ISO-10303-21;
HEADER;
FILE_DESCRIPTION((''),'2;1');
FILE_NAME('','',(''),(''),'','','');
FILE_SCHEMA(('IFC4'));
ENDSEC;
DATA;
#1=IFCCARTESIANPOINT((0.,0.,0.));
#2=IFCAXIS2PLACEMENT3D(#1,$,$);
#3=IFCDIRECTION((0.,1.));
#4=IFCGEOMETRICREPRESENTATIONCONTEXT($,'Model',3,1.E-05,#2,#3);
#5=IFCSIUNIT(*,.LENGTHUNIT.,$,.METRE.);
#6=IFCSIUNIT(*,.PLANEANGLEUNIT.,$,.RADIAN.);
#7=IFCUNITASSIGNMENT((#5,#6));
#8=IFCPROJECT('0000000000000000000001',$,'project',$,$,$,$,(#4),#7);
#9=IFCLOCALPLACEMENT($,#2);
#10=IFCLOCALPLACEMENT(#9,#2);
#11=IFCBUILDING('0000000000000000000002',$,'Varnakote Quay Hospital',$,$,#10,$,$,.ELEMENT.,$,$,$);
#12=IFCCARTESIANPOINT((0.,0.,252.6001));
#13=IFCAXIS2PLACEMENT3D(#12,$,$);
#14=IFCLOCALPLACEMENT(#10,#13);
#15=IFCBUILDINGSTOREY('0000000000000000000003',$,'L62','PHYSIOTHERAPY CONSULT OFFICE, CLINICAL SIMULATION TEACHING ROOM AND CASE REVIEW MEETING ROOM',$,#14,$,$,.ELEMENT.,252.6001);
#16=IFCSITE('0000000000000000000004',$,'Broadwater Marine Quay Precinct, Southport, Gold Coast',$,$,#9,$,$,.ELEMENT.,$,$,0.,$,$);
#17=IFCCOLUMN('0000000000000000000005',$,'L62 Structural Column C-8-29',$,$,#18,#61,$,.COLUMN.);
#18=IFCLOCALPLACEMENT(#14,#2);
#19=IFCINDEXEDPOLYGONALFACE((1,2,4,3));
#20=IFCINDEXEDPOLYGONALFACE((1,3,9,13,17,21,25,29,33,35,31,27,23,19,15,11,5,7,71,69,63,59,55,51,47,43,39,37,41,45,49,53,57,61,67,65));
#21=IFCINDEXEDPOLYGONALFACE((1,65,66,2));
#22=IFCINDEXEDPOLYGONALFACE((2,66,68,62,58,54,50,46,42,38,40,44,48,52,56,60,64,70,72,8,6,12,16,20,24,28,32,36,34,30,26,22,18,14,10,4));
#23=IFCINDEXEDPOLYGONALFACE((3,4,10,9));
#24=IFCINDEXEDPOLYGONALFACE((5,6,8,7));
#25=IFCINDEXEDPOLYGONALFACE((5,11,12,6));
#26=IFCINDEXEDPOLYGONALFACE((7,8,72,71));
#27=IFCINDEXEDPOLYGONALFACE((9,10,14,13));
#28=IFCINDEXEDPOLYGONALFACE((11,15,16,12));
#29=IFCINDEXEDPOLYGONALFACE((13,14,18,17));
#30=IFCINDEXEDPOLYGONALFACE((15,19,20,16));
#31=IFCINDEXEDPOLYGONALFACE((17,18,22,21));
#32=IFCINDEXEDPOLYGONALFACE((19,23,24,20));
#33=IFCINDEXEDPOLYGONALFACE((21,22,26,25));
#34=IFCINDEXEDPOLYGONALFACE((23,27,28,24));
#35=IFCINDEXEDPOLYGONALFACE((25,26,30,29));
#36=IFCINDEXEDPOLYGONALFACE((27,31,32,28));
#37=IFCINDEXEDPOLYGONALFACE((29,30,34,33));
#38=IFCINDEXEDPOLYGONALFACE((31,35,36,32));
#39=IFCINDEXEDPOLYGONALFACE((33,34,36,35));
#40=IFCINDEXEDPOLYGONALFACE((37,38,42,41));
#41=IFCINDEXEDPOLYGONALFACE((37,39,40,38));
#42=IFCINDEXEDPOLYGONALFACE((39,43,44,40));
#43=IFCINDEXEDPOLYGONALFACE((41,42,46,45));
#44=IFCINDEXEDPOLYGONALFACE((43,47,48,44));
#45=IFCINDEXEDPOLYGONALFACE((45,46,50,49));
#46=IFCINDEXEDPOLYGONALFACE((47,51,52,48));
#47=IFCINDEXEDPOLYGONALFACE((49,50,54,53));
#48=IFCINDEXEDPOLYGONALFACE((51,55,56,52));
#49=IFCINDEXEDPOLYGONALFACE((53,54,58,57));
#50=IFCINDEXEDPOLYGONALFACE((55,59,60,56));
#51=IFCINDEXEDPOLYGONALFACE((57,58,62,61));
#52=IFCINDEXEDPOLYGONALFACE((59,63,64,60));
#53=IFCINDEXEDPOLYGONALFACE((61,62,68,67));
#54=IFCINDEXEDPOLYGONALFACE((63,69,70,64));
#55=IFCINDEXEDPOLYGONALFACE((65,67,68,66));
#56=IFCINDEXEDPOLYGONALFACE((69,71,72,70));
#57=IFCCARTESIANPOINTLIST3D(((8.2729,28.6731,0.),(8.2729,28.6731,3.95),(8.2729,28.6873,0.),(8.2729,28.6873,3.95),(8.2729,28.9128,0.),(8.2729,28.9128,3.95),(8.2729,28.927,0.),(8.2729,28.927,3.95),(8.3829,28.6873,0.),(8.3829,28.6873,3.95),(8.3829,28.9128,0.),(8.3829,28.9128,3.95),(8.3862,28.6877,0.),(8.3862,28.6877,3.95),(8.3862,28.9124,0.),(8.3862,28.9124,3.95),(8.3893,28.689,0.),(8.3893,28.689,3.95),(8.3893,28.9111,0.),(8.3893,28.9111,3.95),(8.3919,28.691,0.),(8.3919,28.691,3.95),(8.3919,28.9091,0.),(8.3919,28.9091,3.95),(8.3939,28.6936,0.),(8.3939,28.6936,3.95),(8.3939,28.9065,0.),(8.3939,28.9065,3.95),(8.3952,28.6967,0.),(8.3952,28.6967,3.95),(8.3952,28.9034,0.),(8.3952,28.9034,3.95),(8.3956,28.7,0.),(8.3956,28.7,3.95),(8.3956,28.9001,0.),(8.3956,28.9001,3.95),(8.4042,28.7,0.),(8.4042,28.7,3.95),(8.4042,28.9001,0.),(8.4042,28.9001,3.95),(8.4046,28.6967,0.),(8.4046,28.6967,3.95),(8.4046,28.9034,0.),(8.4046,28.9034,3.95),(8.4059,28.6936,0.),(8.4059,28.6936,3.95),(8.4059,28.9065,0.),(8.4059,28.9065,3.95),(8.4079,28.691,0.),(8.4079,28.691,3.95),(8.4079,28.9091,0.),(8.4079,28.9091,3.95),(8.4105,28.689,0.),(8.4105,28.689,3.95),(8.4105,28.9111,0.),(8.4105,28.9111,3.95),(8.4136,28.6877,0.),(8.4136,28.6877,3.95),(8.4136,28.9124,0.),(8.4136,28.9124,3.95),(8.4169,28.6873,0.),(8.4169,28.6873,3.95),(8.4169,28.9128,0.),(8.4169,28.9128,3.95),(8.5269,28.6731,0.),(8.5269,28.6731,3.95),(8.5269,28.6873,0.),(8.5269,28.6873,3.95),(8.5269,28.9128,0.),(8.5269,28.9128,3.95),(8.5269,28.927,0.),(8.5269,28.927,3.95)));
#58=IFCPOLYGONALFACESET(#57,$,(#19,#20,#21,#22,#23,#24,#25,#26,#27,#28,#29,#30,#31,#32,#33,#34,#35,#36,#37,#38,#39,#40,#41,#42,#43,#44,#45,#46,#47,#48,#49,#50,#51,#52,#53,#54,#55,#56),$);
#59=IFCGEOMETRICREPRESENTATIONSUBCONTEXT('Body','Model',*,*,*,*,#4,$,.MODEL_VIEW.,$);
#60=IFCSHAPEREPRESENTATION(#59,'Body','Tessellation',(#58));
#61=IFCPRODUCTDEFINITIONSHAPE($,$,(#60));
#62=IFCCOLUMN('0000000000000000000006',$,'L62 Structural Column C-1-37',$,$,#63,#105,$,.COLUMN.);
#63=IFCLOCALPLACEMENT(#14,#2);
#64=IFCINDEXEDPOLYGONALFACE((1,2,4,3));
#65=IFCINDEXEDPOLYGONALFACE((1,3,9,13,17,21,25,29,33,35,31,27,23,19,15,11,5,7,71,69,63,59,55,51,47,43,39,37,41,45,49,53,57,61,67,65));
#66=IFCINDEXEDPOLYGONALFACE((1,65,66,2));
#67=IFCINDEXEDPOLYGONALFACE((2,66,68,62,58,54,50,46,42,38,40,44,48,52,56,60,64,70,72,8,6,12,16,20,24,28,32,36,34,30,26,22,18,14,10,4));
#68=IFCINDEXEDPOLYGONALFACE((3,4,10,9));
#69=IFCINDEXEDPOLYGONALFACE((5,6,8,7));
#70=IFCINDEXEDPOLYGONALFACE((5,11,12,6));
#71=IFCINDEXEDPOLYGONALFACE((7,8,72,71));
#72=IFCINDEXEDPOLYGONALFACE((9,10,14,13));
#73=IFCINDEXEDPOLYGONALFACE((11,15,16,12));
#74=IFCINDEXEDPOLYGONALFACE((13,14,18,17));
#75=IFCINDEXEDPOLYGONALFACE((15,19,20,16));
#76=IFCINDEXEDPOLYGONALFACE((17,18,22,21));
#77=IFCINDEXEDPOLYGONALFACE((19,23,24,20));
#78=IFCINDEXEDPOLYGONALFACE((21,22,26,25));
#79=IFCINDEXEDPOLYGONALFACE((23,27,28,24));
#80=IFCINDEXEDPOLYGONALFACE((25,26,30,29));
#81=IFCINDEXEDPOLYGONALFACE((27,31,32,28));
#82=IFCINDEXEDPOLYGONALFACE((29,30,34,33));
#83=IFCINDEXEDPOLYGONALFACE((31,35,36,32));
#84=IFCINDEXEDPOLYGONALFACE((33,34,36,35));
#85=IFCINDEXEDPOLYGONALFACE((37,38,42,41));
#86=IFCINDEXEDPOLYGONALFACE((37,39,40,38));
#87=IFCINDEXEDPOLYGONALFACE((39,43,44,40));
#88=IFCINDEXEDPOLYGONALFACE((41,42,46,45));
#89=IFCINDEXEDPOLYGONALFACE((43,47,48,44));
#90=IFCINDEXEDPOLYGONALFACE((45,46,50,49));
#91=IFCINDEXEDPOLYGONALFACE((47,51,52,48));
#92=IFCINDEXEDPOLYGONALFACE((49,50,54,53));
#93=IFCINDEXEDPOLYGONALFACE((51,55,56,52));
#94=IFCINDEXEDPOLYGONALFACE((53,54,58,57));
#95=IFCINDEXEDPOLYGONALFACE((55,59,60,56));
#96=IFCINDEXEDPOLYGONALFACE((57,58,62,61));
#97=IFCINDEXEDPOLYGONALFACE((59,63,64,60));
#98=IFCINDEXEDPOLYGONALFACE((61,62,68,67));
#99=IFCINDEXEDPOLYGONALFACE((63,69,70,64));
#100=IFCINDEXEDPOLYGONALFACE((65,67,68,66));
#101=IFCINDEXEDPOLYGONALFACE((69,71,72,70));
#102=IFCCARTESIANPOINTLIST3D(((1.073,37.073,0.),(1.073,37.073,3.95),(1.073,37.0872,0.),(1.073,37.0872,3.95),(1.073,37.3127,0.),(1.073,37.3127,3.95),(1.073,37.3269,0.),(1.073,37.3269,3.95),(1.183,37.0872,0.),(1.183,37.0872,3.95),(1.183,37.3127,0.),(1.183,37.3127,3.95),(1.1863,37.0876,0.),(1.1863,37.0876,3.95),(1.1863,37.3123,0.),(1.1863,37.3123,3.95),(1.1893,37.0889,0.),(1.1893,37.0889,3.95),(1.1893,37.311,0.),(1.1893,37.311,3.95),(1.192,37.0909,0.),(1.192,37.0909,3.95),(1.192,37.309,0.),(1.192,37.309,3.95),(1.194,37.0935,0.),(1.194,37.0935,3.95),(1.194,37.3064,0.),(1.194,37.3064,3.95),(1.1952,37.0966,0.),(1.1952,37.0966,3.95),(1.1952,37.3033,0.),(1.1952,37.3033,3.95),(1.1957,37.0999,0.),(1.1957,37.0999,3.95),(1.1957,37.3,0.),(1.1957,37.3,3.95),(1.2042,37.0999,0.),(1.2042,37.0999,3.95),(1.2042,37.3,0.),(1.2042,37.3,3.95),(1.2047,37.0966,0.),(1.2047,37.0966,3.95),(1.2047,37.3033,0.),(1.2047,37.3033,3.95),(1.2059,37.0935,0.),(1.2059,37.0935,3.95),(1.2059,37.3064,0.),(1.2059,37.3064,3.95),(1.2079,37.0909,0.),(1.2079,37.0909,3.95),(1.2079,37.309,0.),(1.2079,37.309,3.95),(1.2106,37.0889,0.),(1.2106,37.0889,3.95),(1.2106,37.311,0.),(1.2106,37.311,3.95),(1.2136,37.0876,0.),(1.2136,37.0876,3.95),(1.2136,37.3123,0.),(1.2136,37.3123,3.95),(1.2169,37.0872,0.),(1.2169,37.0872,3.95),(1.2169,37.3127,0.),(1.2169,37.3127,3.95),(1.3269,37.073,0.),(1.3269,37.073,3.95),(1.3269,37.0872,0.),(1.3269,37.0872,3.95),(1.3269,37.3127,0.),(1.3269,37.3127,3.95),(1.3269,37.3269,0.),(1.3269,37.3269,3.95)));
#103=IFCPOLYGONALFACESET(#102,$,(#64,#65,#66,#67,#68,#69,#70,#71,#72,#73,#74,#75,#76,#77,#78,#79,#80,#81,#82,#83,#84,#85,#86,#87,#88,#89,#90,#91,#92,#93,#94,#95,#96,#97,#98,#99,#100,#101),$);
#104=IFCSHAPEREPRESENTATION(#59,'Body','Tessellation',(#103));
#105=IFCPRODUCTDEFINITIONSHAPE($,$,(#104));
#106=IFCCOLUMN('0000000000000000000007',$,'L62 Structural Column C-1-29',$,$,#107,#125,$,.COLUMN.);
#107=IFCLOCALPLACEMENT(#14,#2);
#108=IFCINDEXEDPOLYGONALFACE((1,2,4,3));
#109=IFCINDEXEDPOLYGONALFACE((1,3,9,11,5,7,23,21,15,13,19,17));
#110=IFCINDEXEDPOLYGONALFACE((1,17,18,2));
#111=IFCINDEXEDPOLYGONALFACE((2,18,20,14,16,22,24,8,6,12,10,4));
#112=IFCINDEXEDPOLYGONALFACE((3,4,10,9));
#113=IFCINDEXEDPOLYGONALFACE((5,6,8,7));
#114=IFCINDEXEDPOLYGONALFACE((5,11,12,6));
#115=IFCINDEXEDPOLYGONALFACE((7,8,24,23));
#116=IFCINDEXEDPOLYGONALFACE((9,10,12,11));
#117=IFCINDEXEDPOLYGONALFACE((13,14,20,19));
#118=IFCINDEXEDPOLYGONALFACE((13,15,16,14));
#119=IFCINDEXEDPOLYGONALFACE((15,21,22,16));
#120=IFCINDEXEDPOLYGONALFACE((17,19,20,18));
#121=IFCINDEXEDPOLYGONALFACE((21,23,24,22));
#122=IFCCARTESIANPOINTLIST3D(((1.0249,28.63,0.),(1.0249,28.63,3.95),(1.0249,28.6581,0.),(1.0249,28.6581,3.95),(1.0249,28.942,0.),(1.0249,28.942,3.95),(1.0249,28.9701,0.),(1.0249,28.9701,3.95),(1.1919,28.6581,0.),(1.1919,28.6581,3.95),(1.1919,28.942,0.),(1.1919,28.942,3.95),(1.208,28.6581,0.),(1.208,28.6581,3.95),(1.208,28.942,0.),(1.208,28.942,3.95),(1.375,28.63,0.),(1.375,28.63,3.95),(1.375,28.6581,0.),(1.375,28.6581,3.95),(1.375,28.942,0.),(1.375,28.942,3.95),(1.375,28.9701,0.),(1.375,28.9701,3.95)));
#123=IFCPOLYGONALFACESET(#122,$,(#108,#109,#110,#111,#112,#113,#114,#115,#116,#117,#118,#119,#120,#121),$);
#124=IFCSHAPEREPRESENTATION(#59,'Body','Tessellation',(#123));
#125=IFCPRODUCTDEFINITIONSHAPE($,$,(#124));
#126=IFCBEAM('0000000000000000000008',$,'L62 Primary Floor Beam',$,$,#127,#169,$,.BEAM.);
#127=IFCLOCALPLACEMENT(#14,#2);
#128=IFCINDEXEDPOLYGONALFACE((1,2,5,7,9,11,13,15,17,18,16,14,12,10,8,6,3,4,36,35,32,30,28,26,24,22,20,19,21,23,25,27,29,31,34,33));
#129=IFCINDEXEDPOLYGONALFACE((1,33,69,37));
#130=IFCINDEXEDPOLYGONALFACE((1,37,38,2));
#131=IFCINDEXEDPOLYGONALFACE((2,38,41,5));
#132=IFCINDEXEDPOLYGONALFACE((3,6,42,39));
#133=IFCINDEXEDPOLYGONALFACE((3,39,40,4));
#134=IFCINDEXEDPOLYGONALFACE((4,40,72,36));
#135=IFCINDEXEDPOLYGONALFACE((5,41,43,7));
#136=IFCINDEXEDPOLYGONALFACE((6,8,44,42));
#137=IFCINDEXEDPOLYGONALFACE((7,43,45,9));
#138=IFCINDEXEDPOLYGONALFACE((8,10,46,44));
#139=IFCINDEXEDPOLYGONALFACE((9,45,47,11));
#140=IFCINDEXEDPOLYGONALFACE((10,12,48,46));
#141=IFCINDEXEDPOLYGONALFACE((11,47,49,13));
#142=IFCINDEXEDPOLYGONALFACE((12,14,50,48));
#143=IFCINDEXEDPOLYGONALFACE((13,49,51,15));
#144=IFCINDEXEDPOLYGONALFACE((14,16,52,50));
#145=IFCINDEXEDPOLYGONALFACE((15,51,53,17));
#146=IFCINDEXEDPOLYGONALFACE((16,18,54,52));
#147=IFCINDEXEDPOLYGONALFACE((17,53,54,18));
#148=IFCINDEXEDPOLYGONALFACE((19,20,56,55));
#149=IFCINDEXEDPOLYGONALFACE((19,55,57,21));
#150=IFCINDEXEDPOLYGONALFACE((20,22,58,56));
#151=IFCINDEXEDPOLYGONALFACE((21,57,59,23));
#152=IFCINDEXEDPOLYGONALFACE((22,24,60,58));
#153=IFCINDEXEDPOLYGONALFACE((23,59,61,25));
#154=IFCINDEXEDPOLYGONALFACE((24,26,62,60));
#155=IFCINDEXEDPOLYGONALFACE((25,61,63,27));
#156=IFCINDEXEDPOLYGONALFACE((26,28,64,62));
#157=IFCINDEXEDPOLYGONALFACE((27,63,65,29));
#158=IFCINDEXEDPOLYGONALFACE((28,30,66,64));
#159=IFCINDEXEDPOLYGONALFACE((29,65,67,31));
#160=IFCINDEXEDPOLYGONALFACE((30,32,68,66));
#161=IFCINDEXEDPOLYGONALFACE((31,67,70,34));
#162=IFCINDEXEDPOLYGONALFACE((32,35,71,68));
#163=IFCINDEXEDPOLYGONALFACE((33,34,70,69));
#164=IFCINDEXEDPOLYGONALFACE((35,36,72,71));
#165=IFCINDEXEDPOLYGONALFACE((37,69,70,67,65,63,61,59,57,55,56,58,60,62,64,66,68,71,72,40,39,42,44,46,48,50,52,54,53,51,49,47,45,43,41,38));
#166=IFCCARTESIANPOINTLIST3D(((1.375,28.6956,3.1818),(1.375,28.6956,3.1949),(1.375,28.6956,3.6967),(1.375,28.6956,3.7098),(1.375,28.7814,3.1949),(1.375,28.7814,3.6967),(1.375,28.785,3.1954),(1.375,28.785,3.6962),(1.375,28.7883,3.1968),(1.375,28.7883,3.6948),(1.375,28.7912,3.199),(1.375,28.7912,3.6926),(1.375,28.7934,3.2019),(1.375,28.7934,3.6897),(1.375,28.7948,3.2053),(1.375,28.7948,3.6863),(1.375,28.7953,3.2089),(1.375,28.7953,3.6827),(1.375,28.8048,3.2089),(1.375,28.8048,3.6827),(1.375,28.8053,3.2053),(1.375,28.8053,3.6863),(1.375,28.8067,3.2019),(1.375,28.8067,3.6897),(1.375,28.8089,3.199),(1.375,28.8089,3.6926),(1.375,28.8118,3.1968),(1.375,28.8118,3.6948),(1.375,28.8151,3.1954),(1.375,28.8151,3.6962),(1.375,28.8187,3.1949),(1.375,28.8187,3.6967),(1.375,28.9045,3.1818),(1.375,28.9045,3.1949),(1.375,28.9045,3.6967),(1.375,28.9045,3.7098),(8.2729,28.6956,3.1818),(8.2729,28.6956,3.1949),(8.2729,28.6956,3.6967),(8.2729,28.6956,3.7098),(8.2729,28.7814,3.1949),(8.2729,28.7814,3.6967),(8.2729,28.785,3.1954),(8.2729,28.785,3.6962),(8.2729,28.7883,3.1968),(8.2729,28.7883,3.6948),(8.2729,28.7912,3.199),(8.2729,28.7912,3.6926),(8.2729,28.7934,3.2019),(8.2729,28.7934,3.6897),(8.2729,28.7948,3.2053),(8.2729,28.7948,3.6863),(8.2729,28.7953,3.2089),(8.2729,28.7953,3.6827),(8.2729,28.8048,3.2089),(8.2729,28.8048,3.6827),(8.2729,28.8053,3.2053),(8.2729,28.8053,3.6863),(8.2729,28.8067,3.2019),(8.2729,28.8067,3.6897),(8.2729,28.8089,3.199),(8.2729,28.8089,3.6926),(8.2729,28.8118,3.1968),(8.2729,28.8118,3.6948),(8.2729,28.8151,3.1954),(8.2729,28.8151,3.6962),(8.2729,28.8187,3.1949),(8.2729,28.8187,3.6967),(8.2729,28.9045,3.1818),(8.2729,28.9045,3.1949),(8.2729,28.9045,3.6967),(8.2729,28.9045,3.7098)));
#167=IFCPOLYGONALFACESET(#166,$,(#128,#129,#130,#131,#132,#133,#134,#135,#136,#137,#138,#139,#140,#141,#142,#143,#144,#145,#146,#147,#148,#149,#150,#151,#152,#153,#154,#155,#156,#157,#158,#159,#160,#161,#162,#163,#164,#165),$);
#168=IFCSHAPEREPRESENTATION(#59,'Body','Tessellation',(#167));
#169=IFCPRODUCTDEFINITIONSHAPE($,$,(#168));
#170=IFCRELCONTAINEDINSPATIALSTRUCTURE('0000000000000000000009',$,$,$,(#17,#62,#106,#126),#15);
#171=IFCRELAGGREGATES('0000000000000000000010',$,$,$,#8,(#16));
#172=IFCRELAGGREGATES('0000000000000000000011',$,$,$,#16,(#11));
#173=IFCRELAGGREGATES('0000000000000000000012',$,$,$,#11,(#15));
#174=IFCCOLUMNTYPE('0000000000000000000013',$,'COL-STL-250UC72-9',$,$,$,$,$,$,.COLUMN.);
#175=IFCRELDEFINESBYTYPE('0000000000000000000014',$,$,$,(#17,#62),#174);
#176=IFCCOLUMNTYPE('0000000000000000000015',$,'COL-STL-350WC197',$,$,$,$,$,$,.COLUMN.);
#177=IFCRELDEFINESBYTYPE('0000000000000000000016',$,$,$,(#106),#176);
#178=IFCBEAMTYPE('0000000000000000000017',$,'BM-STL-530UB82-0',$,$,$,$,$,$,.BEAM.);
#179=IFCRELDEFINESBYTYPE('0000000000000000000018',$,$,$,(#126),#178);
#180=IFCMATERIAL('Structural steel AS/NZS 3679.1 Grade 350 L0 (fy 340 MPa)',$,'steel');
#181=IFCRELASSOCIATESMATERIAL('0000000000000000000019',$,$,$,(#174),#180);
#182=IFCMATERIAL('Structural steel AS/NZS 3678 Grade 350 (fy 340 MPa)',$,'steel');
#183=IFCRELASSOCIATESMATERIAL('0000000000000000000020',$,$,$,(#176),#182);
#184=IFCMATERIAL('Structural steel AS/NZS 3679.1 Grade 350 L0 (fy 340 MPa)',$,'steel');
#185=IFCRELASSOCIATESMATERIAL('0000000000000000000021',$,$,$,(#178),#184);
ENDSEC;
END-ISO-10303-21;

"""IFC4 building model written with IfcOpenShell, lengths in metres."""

from ifc_helpers import new_model, si_unit, direction, frame, origin, origin_2d, place, context, subcontext, project, spatial, i_section, extrude, material, material_profile, profile_set, type_object, element, save


model = new_model("IFC4")

# Units and contexts
model_context = context("Model", 3, precision=1e-05, world=origin(), true_north=direction((0.0, 1.0)))
body_context = subcontext(model_context, "Body", "Model", "MODEL_VIEW")
ifc_project = project(units=[si_unit("LENGTHUNIT", "METRE"), si_unit("PLANEANGLEUNIT", "RADIAN")], contexts=[model_context])

# Site, building, storey
site_placement = place(None, origin())
site = spatial("IfcSite", under=ifc_project, at=site_placement, Name="Broadwater Marine Quay Precinct, Southport, Gold Coast", CompositionType="ELEMENT", RefElevation=0.0)
building_placement = place(site_placement, origin())
building = spatial("IfcBuilding", under=site, at=building_placement, Name="Varnakote Quay Hospital", CompositionType="ELEMENT")
storey_placement = place(building_placement, frame((0.0, 0.0, 252.6001)))
storey = spatial("IfcBuildingStorey", under=building, at=storey_placement, Name="L62", Description="PHYSIOTHERAPY CONSULT OFFICE, CLINICAL SIMULATION TEACHING ROOM AND CASE REVIEW MEETING ROOM", CompositionType="ELEMENT", Elevation=252.6001)

# Columns
ifc_material_1 = material(Name="Structural steel AS/NZS 3679.1 Grade 350 L0 (fy 340 MPa)", Category="steel")
ifc_material_profile_1 = material_profile(ifc_material_1, i_section(OverallWidth=0.2539, OverallDepth=0.2539, WebThickness=0.0085, FlangeThickness=0.0142, FilletRadius=0.0127, at=origin_2d()), Name="250UC72.9")
ifc_profile_set_1 = profile_set([ifc_material_profile_1], Name="Structural steel AS/NZS 3679.1 Grade 350 L0 (fy 340 MPa)")
column_type_1 = type_object("IfcColumnType", Name="COL-STL-250UC72-9", PredefinedType="COLUMN", material=ifc_profile_set_1)
for number, where, z_axis, x_axis, name in (
    (1, (8.3999, 28.8, 0.0), (0.0, 0.0, 1.0), (1.0, 0.0, 0.0), "L62 Structural Column C-8-29"),
    (2, (1.2, 37.2, 0.0), (0.0, 0.0, 1.0), (1.0, 0.0, 0.0), "L62 Structural Column C-1-37"),
):
    element("IfcColumn", number, at=place(storey_placement, frame(where, z_axis=z_axis, x_axis=x_axis)), inside=storey, type_object=column_type_1, Name=name, PredefinedType="COLUMN", context=body_context, shape_type="SweptSolid", body=[
        extrude(i_section(OverallWidth=0.2539, OverallDepth=0.2539, WebThickness=0.0085, FlangeThickness=0.0142, FilletRadius=0.0127, at=origin_2d()), origin(), (0.0, 0.0, 1.0), 3.95),
    ])
ifc_material_2 = material(Name="Structural steel AS/NZS 3678 Grade 350 (fy 340 MPa)", Category="steel")
ifc_material_profile_2 = material_profile(ifc_material_2, i_section(OverallWidth=0.3501, OverallDepth=0.3401, WebThickness=0.0161, FlangeThickness=0.0281, at=origin_2d()), Name="350WC197")
ifc_profile_set_2 = profile_set([ifc_material_profile_2], Name="Structural steel AS/NZS 3678 Grade 350 (fy 340 MPa)")
column_type_2 = type_object("IfcColumnType", Name="COL-STL-350WC197", PredefinedType="COLUMN", material=ifc_profile_set_2)
column_placement = place(storey_placement, frame((1.2, 28.8, 0.0), z_axis=(0.0, 0.0, 1.0), x_axis=(1.0, 0.0, 0.0)))
element("IfcColumn", 3, at=column_placement, inside=storey, type_object=column_type_2, Name="L62 Structural Column C-1-29", PredefinedType="COLUMN", context=body_context, shape_type="SweptSolid", body=[
    extrude(i_section(OverallWidth=0.3501, OverallDepth=0.3401, WebThickness=0.0161, FlangeThickness=0.0281, at=origin_2d()), origin(), (0.0, 0.0, 1.0), 3.95),
])

# Beam
ifc_material_3 = material(Name="Structural steel AS/NZS 3679.1 Grade 350 L0 (fy 340 MPa)", Category="steel")
ifc_material_profile_3 = material_profile(ifc_material_3, i_section(OverallWidth=0.209, OverallDepth=0.5281, WebThickness=0.0095, FlangeThickness=0.0132, FilletRadius=0.0139, at=origin_2d()), Name="530UB82.0")
ifc_profile_set_3 = profile_set([ifc_material_profile_3], Name="Structural steel AS/NZS 3679.1 Grade 350 L0 (fy 340 MPa)")
beam_type_1 = type_object("IfcBeamType", Name="BM-STL-530UB82-0", PredefinedType="BEAM", material=ifc_profile_set_3)
beam_1_placement = place(storey_placement, frame((1.375, 28.8, 3.4458), z_axis=(1.0, 0.0, 0.0), x_axis=(0.0, 1.0, 0.0)))
element("IfcBeam", 4, at=beam_1_placement, inside=storey, type_object=beam_type_1, Name="L62 Primary Floor Beam", PredefinedType="BEAM", context=body_context, shape_type="SweptSolid", body=[
    extrude(i_section(OverallWidth=0.209, OverallDepth=0.5281, WebThickness=0.0095, FlangeThickness=0.0132, FilletRadius=0.0139, at=origin_2d()), origin(), (0.0, 0.0, 1.0), 6.8979),
])

save(model, "model.ifc")
